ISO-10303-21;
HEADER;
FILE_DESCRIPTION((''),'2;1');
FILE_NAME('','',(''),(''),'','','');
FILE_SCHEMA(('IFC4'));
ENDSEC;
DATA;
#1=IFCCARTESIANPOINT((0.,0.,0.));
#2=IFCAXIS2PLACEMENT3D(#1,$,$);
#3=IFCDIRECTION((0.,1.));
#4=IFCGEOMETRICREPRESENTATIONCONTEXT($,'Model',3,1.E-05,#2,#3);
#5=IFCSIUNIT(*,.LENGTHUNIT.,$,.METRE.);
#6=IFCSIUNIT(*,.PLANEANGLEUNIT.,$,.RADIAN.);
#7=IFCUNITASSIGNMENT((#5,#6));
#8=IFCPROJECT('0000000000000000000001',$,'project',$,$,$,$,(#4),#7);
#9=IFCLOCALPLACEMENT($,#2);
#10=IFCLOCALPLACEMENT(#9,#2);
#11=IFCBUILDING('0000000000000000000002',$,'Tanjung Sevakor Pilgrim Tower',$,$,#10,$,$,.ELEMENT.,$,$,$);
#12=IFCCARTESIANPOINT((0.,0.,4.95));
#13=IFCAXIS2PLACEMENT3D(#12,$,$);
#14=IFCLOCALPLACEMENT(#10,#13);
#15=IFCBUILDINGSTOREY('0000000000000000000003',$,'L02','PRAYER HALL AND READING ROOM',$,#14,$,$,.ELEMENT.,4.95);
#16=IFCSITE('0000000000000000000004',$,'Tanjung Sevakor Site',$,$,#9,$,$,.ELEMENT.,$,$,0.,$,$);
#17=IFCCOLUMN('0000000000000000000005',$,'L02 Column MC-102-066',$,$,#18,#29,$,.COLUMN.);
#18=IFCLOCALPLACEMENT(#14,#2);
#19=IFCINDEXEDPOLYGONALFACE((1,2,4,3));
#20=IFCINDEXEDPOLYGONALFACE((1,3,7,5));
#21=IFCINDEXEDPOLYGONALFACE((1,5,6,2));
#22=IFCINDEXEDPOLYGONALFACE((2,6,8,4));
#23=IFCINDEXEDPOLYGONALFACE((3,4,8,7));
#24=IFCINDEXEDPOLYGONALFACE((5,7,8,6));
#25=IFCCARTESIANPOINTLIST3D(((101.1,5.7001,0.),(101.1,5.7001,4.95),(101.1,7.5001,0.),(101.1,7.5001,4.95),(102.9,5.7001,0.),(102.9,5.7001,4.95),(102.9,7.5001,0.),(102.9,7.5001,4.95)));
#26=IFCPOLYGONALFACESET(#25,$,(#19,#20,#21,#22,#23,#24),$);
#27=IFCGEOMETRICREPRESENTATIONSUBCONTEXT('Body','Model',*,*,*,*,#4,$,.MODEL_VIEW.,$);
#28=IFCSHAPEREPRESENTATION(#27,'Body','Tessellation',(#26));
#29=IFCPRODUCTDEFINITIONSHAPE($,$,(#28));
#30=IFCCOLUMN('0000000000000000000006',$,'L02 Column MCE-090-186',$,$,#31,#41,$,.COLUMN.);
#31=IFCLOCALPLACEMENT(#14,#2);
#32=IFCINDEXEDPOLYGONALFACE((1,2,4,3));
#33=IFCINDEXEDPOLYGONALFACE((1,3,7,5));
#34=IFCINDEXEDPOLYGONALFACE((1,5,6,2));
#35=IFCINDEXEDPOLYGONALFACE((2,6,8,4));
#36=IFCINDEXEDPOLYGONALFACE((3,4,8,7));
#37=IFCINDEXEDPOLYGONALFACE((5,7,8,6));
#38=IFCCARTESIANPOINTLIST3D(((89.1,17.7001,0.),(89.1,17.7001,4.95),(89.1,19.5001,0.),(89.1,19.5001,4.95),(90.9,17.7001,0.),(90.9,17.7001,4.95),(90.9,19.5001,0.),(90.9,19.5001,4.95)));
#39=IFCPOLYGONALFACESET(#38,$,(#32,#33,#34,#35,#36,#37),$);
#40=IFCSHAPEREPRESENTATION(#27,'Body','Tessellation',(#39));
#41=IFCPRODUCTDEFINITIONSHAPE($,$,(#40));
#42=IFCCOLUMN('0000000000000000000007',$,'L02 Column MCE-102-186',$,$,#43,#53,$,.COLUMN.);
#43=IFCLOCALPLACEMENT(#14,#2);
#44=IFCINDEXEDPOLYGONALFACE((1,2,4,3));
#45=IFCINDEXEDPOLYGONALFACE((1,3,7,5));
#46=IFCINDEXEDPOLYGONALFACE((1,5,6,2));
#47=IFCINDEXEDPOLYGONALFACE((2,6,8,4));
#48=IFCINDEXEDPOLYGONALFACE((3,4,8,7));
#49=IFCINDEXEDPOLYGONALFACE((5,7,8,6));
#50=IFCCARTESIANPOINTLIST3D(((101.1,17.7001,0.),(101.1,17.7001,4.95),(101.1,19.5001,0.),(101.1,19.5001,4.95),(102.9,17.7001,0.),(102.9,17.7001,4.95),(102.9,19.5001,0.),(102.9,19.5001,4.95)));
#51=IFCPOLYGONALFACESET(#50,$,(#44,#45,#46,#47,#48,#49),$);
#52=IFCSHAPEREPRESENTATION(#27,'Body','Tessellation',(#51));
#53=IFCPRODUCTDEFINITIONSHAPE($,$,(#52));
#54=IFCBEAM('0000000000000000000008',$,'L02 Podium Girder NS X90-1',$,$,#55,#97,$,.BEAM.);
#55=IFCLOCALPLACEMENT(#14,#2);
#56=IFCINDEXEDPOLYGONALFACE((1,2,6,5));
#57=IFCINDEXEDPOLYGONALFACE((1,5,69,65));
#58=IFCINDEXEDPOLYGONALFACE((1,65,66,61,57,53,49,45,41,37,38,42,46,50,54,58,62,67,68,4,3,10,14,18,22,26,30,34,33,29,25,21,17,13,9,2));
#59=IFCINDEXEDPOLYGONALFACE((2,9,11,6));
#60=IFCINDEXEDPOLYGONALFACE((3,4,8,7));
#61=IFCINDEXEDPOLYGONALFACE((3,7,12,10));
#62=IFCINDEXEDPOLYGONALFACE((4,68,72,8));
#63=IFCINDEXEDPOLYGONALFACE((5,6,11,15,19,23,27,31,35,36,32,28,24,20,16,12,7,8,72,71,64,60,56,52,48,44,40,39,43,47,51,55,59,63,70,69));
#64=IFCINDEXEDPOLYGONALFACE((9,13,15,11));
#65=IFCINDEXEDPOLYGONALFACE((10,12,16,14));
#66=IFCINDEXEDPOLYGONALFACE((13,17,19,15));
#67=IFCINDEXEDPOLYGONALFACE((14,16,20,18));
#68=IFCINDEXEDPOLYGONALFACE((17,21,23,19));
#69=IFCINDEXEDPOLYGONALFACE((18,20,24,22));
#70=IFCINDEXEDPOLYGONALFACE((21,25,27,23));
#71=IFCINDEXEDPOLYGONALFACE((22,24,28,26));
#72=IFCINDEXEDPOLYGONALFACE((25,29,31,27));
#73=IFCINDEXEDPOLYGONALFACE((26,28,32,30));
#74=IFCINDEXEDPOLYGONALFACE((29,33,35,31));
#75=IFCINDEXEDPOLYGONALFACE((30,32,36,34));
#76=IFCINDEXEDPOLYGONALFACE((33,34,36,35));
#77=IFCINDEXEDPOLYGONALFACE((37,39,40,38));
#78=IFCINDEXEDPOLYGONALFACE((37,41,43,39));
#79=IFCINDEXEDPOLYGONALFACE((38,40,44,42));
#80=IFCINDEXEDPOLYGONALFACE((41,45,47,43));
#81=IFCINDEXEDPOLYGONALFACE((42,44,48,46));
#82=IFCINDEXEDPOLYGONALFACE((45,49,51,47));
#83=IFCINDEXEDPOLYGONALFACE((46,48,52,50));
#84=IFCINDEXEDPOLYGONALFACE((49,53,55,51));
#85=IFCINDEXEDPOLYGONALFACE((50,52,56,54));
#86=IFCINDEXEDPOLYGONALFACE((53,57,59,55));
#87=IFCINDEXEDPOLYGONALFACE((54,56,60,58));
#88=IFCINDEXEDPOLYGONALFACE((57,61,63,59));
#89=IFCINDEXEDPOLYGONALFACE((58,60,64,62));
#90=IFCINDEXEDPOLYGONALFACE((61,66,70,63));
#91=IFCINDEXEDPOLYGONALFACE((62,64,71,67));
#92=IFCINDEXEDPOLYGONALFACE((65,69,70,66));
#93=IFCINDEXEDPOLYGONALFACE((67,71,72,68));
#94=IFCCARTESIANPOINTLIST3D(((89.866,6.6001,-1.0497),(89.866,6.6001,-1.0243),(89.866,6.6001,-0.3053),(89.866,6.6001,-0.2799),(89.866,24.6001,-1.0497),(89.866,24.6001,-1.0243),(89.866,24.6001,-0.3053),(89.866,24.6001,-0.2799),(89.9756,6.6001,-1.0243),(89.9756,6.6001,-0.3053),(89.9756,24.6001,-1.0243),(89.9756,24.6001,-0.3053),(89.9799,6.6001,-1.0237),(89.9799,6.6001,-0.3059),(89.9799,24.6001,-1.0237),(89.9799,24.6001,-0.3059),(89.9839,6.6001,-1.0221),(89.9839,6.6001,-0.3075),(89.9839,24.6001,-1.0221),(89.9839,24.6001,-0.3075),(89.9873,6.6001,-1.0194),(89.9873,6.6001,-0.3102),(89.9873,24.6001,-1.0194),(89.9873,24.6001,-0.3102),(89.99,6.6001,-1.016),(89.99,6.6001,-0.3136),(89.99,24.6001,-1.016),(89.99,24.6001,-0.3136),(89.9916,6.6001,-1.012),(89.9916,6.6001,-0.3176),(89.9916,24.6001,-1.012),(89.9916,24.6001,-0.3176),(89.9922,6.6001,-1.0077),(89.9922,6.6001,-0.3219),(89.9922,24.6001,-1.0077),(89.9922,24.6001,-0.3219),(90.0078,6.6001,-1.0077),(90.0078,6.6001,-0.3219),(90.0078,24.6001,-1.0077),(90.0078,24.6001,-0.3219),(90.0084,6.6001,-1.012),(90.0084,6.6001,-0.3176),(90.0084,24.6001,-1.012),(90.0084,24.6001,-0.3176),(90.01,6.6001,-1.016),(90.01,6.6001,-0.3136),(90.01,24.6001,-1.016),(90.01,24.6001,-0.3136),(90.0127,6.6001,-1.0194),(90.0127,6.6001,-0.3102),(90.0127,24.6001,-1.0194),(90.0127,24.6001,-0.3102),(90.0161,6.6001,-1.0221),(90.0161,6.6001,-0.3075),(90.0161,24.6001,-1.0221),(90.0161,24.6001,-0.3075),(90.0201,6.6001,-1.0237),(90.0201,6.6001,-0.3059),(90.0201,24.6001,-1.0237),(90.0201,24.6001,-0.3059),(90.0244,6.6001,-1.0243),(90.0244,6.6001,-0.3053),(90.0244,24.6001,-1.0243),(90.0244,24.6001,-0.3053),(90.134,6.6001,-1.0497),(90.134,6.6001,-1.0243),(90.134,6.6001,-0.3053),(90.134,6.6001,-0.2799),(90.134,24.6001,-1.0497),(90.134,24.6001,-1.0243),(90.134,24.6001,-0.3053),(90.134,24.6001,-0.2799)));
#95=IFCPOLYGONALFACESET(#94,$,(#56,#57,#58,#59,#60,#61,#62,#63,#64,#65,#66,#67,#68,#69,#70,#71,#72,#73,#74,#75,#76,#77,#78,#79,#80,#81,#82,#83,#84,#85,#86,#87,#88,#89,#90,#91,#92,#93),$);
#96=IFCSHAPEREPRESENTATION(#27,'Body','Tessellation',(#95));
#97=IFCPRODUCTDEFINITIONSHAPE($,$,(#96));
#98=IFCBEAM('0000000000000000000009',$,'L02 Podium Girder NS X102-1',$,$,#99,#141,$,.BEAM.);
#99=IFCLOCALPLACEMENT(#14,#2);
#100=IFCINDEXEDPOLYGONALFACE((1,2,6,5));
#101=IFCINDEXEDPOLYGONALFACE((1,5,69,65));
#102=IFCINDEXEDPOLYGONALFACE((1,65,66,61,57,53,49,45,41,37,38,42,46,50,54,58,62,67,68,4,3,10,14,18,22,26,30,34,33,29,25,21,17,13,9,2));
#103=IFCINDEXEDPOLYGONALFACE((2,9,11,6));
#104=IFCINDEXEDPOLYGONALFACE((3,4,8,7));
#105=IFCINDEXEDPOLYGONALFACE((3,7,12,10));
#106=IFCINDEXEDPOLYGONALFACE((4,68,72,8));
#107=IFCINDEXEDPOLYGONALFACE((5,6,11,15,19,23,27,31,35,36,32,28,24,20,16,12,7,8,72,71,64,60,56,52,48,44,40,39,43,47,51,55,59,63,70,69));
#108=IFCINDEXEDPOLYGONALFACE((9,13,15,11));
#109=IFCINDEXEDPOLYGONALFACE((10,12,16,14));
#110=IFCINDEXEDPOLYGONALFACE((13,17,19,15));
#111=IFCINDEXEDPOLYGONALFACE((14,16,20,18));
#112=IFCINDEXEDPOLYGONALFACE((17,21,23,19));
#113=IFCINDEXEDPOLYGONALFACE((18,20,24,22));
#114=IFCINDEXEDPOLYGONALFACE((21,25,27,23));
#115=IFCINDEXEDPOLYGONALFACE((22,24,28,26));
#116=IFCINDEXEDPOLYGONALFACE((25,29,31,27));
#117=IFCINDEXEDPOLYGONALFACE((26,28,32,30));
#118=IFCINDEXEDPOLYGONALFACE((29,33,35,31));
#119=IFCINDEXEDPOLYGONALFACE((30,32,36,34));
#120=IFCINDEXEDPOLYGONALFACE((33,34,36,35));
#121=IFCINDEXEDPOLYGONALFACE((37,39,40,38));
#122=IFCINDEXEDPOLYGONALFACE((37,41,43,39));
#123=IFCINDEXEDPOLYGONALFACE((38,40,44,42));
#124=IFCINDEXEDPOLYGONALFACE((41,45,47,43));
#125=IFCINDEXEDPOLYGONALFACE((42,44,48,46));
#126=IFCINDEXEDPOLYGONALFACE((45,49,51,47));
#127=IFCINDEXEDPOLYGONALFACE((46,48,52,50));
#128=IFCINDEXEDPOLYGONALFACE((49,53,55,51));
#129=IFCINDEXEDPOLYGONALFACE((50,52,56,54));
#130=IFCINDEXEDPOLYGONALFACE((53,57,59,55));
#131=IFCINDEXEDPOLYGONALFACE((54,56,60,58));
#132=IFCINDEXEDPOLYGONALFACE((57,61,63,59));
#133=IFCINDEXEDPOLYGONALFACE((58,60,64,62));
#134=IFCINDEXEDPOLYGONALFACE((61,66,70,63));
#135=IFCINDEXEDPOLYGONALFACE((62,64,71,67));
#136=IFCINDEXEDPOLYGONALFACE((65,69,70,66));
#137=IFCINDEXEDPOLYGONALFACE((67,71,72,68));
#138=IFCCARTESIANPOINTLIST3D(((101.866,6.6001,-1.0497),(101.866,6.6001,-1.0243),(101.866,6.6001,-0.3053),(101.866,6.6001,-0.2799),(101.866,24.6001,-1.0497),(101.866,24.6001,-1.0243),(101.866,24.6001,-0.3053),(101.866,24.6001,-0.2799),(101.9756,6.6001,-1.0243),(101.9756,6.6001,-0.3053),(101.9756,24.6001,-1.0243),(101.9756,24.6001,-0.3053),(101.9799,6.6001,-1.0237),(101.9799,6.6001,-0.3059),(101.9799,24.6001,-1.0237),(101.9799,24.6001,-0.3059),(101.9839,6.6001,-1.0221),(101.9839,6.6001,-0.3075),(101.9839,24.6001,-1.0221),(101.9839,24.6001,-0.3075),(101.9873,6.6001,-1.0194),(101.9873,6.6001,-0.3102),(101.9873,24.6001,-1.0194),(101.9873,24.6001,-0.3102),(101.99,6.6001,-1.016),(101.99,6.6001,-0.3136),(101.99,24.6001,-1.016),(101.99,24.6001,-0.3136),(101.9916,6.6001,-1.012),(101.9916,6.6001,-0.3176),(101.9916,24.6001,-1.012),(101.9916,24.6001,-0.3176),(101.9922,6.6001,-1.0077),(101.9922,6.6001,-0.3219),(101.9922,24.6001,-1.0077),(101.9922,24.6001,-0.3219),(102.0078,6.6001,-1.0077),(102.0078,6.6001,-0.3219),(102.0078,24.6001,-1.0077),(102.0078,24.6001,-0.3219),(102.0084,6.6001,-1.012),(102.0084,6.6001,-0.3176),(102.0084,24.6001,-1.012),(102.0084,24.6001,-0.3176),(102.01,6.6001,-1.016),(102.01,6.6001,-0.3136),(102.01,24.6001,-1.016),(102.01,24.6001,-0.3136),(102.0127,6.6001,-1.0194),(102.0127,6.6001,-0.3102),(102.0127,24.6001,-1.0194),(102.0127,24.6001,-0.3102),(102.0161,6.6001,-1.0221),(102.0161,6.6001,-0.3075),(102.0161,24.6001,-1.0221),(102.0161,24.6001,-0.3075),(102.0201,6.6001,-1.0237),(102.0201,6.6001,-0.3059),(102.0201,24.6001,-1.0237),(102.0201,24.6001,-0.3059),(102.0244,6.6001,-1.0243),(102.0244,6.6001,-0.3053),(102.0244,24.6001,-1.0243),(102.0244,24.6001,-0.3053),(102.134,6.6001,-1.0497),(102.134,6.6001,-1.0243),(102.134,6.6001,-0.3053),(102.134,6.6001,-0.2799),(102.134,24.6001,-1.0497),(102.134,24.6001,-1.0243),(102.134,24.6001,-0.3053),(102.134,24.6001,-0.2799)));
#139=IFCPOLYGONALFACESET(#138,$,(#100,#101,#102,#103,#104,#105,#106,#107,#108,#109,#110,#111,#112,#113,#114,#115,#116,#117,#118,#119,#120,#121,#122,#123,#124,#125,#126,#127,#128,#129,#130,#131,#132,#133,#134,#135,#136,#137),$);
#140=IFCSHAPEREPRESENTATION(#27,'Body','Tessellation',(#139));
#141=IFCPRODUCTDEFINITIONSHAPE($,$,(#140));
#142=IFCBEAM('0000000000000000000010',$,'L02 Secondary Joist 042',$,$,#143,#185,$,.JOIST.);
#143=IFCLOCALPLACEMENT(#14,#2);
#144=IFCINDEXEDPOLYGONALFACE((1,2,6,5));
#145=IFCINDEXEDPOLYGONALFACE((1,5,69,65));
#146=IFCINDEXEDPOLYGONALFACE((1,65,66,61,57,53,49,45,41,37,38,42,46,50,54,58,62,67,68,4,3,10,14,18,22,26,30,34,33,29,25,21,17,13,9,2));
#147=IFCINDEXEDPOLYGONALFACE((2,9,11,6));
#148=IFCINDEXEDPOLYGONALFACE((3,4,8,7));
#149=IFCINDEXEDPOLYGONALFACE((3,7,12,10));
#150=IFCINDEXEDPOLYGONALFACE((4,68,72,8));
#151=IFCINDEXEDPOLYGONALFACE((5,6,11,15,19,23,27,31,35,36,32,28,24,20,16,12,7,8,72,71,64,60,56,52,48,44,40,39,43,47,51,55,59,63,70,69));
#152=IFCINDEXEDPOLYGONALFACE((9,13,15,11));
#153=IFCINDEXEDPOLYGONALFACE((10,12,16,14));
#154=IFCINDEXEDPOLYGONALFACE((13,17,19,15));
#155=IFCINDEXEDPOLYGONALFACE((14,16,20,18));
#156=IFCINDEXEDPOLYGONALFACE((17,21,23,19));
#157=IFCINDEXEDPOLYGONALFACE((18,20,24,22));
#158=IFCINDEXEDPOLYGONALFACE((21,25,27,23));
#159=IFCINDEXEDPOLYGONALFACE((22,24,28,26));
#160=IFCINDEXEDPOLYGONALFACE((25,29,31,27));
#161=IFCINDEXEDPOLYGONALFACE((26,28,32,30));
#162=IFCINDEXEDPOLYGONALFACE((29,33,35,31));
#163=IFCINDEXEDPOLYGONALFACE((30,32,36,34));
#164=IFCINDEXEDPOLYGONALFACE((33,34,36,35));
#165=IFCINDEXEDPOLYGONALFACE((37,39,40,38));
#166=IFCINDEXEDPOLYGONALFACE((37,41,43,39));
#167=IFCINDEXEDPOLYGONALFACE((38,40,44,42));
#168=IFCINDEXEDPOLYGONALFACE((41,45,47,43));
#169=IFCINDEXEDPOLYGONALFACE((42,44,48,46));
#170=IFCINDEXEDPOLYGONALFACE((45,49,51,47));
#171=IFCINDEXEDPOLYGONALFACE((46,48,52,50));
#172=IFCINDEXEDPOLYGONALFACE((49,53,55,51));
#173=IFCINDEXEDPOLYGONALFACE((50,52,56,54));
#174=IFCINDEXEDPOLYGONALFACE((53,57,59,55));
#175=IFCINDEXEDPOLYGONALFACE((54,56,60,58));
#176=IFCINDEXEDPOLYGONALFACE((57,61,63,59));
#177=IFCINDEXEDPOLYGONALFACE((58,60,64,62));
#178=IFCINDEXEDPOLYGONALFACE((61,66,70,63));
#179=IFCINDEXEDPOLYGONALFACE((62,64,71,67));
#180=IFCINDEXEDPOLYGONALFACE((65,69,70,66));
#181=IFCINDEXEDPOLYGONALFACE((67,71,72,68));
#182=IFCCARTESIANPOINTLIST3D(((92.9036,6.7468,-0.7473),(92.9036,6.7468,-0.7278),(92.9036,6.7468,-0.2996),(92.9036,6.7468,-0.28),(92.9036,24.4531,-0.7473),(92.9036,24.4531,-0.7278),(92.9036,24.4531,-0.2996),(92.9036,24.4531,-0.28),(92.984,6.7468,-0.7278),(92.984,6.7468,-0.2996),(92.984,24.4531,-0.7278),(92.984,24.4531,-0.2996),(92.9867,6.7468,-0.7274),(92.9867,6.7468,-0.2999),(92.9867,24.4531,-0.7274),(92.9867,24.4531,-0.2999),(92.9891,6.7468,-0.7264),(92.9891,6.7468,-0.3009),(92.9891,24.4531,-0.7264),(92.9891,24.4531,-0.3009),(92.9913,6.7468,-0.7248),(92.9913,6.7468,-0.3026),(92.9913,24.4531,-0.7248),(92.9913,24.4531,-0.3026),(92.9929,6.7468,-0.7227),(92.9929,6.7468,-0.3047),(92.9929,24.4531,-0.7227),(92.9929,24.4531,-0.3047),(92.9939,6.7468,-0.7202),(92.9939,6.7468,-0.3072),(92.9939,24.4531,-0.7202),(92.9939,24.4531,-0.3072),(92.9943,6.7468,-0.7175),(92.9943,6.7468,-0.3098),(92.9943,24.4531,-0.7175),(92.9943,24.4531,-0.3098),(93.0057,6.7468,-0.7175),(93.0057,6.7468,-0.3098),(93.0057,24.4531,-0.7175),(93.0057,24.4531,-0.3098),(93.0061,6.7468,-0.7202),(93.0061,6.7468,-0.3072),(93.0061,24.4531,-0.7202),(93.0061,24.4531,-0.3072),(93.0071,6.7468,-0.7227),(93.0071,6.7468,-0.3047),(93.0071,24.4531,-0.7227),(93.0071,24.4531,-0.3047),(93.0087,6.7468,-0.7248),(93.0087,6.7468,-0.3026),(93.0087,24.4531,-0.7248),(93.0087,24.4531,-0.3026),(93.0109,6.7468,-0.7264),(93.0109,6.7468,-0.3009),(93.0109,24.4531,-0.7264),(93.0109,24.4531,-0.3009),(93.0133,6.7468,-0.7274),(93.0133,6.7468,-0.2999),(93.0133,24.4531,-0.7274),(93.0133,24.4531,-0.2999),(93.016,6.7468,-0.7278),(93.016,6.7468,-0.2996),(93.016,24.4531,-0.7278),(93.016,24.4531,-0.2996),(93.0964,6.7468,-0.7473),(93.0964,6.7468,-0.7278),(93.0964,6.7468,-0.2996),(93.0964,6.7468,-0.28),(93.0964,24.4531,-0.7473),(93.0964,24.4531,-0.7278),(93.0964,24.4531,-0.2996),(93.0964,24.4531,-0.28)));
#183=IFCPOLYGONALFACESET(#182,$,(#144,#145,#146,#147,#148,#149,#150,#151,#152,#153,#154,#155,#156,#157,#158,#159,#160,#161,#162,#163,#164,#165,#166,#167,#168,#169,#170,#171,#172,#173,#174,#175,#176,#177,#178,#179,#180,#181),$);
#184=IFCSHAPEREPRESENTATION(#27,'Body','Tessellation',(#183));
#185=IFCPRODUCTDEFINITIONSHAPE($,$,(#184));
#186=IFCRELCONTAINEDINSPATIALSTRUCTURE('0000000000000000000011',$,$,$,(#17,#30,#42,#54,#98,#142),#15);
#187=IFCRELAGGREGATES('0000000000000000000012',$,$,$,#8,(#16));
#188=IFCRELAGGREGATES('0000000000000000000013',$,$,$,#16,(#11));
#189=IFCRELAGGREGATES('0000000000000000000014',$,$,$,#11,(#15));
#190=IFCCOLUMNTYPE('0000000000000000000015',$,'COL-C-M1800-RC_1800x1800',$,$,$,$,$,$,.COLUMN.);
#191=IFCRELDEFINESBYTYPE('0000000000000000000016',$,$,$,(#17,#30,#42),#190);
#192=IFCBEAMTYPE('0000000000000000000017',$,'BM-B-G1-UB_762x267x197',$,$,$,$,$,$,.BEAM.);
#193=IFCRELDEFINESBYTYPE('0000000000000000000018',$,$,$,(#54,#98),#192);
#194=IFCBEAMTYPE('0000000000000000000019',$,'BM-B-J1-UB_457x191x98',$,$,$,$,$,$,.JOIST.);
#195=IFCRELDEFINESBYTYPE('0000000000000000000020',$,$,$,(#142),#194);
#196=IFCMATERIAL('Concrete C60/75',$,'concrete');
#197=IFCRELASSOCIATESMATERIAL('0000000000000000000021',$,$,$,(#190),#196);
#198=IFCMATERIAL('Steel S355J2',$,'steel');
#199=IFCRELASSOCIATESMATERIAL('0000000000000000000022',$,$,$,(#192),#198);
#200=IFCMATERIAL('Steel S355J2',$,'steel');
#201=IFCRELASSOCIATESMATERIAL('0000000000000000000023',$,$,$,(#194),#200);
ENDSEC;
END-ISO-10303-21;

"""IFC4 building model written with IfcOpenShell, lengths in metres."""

from ifc_helpers import new_model, si_unit, direction, frame, origin, origin_2d, place, context, subcontext, project, spatial, rectangle, i_section, extrude, material, material_profile, profile_set, type_object, element, save


model = new_model("IFC4")

# Units and contexts
model_context = context("Model", 3, precision=1e-05, world=origin(), true_north=direction((0.0, 1.0)))
body_context = subcontext(model_context, "Body", "Model", "MODEL_VIEW")
ifc_project = project(units=[si_unit("LENGTHUNIT", "METRE"), si_unit("PLANEANGLEUNIT", "RADIAN")], contexts=[model_context])

# Site, building, storey
site_placement = place(None, origin())
site = spatial("IfcSite", under=ifc_project, at=site_placement, Name="Tanjung Sevakor Site", CompositionType="ELEMENT", RefElevation=0.0)
building_placement = place(site_placement, origin())
building = spatial("IfcBuilding", under=site, at=building_placement, Name="Tanjung Sevakor Pilgrim Tower", CompositionType="ELEMENT")
storey_placement = place(building_placement, frame((0.0, 0.0, 4.95)))
storey = spatial("IfcBuildingStorey", under=building, at=storey_placement, Name="L02", Description="PRAYER HALL AND READING ROOM", CompositionType="ELEMENT", Elevation=4.95)

# Columns
ifc_material_1 = material(Name="Concrete C60/75", Category="concrete")
ifc_material_profile_1 = material_profile(ifc_material_1, rectangle(XDim=1.8, YDim=1.8, at=origin_2d()))
ifc_profile_set_1 = profile_set([ifc_material_profile_1], Name="Concrete C60/75")
column_type = type_object("IfcColumnType", Name="COL-C-M1800-RC_1800x1800", PredefinedType="COLUMN", material=ifc_profile_set_1)
for number, where, z_axis, x_axis, name in (
    (1, (102.0, 6.6001, 0.0), (0.0, 0.0, 1.0), (1.0, 0.0, 0.0), "L02 Column MC-102-066"),
    (2, (90.0, 18.6001, 0.0), (0.0, 0.0, 1.0), (1.0, 0.0, 0.0), "L02 Column MCE-090-186"),
    (3, (102.0, 18.6001, 0.0), (0.0, 0.0, 1.0), (1.0, 0.0, 0.0), "L02 Column MCE-102-186"),
):
    element("IfcColumn", number, at=place(storey_placement, frame(where, z_axis=z_axis, x_axis=x_axis)), inside=storey, type_object=column_type, Name=name, PredefinedType="COLUMN", context=body_context, shape_type="SweptSolid", body=[
        extrude(rectangle(XDim=1.8, YDim=1.8, at=origin_2d()), origin(), (0.0, 0.0, 1.0), 4.95),
    ])

# Beams
ifc_material_2 = material(Name="Steel S355J2", Category="steel")
ifc_material_profile_2 = material_profile(ifc_material_2, i_section(OverallWidth=0.2681, OverallDepth=0.7698, WebThickness=0.0156, FlangeThickness=0.0254, FilletRadius=0.0166, at=origin_2d()))
ifc_profile_set_2 = profile_set([ifc_material_profile_2], Name="Steel S355J2")
beam_type_1 = type_object("IfcBeamType", Name="BM-B-G1-UB_762x267x197", PredefinedType="BEAM", material=ifc_profile_set_2)
for number, where, z_axis, x_axis, name in (
    (4, (90.0, 6.6001, -0.6648), (0.0, 1.0, 0.0), (-1.0, 0.0, 0.0), "L02 Podium Girder NS X90-1"),
    (5, (102.0, 6.6001, -0.6648), (0.0, 1.0, 0.0), (-1.0, 0.0, 0.0), "L02 Podium Girder NS X102-1"),
):
    element("IfcBeam", number, at=place(storey_placement, frame(where, z_axis=z_axis, x_axis=x_axis)), inside=storey, type_object=beam_type_1, Name=name, PredefinedType="BEAM", context=body_context, shape_type="SweptSolid", body=[
        extrude(i_section(OverallWidth=0.2681, OverallDepth=0.7698, WebThickness=0.0156, FlangeThickness=0.0254, FilletRadius=0.0166, at=origin_2d()), origin(), (0.0, 0.0, 1.0), 18.0),
    ])
ifc_material_3 = material(Name="Steel S355J2", Category="steel")
ifc_material_profile_3 = material_profile(ifc_material_3, i_section(OverallWidth=0.1929, OverallDepth=0.4673, WebThickness=0.0115, FlangeThickness=0.0195, FilletRadius=0.0103, at=origin_2d()))
ifc_profile_set_3 = profile_set([ifc_material_profile_3], Name="Steel S355J2")
beam_type_2 = type_object("IfcBeamType", Name="BM-B-J1-UB_457x191x98", PredefinedType="JOIST", material=ifc_profile_set_3)
for number, where, z_axis, x_axis, name in (
    (6, (93.0, 6.7468, -0.5137), (0.0, 1.0, 0.0), (-1.0, 0.0, 0.0), "L02 Secondary Joist 042"),
):
    element("IfcBeam", number, at=place(storey_placement, frame(where, z_axis=z_axis, x_axis=x_axis)), inside=storey, type_object=beam_type_2, Name=name, PredefinedType="JOIST", context=body_context, shape_type="SweptSolid", body=[
        extrude(i_section(OverallWidth=0.1929, OverallDepth=0.4673, WebThickness=0.0115, FlangeThickness=0.0195, FilletRadius=0.0103, at=origin_2d()), origin(), (0.0, 0.0, 1.0), 17.7063),
    ])

save(model, "model.ifc")
